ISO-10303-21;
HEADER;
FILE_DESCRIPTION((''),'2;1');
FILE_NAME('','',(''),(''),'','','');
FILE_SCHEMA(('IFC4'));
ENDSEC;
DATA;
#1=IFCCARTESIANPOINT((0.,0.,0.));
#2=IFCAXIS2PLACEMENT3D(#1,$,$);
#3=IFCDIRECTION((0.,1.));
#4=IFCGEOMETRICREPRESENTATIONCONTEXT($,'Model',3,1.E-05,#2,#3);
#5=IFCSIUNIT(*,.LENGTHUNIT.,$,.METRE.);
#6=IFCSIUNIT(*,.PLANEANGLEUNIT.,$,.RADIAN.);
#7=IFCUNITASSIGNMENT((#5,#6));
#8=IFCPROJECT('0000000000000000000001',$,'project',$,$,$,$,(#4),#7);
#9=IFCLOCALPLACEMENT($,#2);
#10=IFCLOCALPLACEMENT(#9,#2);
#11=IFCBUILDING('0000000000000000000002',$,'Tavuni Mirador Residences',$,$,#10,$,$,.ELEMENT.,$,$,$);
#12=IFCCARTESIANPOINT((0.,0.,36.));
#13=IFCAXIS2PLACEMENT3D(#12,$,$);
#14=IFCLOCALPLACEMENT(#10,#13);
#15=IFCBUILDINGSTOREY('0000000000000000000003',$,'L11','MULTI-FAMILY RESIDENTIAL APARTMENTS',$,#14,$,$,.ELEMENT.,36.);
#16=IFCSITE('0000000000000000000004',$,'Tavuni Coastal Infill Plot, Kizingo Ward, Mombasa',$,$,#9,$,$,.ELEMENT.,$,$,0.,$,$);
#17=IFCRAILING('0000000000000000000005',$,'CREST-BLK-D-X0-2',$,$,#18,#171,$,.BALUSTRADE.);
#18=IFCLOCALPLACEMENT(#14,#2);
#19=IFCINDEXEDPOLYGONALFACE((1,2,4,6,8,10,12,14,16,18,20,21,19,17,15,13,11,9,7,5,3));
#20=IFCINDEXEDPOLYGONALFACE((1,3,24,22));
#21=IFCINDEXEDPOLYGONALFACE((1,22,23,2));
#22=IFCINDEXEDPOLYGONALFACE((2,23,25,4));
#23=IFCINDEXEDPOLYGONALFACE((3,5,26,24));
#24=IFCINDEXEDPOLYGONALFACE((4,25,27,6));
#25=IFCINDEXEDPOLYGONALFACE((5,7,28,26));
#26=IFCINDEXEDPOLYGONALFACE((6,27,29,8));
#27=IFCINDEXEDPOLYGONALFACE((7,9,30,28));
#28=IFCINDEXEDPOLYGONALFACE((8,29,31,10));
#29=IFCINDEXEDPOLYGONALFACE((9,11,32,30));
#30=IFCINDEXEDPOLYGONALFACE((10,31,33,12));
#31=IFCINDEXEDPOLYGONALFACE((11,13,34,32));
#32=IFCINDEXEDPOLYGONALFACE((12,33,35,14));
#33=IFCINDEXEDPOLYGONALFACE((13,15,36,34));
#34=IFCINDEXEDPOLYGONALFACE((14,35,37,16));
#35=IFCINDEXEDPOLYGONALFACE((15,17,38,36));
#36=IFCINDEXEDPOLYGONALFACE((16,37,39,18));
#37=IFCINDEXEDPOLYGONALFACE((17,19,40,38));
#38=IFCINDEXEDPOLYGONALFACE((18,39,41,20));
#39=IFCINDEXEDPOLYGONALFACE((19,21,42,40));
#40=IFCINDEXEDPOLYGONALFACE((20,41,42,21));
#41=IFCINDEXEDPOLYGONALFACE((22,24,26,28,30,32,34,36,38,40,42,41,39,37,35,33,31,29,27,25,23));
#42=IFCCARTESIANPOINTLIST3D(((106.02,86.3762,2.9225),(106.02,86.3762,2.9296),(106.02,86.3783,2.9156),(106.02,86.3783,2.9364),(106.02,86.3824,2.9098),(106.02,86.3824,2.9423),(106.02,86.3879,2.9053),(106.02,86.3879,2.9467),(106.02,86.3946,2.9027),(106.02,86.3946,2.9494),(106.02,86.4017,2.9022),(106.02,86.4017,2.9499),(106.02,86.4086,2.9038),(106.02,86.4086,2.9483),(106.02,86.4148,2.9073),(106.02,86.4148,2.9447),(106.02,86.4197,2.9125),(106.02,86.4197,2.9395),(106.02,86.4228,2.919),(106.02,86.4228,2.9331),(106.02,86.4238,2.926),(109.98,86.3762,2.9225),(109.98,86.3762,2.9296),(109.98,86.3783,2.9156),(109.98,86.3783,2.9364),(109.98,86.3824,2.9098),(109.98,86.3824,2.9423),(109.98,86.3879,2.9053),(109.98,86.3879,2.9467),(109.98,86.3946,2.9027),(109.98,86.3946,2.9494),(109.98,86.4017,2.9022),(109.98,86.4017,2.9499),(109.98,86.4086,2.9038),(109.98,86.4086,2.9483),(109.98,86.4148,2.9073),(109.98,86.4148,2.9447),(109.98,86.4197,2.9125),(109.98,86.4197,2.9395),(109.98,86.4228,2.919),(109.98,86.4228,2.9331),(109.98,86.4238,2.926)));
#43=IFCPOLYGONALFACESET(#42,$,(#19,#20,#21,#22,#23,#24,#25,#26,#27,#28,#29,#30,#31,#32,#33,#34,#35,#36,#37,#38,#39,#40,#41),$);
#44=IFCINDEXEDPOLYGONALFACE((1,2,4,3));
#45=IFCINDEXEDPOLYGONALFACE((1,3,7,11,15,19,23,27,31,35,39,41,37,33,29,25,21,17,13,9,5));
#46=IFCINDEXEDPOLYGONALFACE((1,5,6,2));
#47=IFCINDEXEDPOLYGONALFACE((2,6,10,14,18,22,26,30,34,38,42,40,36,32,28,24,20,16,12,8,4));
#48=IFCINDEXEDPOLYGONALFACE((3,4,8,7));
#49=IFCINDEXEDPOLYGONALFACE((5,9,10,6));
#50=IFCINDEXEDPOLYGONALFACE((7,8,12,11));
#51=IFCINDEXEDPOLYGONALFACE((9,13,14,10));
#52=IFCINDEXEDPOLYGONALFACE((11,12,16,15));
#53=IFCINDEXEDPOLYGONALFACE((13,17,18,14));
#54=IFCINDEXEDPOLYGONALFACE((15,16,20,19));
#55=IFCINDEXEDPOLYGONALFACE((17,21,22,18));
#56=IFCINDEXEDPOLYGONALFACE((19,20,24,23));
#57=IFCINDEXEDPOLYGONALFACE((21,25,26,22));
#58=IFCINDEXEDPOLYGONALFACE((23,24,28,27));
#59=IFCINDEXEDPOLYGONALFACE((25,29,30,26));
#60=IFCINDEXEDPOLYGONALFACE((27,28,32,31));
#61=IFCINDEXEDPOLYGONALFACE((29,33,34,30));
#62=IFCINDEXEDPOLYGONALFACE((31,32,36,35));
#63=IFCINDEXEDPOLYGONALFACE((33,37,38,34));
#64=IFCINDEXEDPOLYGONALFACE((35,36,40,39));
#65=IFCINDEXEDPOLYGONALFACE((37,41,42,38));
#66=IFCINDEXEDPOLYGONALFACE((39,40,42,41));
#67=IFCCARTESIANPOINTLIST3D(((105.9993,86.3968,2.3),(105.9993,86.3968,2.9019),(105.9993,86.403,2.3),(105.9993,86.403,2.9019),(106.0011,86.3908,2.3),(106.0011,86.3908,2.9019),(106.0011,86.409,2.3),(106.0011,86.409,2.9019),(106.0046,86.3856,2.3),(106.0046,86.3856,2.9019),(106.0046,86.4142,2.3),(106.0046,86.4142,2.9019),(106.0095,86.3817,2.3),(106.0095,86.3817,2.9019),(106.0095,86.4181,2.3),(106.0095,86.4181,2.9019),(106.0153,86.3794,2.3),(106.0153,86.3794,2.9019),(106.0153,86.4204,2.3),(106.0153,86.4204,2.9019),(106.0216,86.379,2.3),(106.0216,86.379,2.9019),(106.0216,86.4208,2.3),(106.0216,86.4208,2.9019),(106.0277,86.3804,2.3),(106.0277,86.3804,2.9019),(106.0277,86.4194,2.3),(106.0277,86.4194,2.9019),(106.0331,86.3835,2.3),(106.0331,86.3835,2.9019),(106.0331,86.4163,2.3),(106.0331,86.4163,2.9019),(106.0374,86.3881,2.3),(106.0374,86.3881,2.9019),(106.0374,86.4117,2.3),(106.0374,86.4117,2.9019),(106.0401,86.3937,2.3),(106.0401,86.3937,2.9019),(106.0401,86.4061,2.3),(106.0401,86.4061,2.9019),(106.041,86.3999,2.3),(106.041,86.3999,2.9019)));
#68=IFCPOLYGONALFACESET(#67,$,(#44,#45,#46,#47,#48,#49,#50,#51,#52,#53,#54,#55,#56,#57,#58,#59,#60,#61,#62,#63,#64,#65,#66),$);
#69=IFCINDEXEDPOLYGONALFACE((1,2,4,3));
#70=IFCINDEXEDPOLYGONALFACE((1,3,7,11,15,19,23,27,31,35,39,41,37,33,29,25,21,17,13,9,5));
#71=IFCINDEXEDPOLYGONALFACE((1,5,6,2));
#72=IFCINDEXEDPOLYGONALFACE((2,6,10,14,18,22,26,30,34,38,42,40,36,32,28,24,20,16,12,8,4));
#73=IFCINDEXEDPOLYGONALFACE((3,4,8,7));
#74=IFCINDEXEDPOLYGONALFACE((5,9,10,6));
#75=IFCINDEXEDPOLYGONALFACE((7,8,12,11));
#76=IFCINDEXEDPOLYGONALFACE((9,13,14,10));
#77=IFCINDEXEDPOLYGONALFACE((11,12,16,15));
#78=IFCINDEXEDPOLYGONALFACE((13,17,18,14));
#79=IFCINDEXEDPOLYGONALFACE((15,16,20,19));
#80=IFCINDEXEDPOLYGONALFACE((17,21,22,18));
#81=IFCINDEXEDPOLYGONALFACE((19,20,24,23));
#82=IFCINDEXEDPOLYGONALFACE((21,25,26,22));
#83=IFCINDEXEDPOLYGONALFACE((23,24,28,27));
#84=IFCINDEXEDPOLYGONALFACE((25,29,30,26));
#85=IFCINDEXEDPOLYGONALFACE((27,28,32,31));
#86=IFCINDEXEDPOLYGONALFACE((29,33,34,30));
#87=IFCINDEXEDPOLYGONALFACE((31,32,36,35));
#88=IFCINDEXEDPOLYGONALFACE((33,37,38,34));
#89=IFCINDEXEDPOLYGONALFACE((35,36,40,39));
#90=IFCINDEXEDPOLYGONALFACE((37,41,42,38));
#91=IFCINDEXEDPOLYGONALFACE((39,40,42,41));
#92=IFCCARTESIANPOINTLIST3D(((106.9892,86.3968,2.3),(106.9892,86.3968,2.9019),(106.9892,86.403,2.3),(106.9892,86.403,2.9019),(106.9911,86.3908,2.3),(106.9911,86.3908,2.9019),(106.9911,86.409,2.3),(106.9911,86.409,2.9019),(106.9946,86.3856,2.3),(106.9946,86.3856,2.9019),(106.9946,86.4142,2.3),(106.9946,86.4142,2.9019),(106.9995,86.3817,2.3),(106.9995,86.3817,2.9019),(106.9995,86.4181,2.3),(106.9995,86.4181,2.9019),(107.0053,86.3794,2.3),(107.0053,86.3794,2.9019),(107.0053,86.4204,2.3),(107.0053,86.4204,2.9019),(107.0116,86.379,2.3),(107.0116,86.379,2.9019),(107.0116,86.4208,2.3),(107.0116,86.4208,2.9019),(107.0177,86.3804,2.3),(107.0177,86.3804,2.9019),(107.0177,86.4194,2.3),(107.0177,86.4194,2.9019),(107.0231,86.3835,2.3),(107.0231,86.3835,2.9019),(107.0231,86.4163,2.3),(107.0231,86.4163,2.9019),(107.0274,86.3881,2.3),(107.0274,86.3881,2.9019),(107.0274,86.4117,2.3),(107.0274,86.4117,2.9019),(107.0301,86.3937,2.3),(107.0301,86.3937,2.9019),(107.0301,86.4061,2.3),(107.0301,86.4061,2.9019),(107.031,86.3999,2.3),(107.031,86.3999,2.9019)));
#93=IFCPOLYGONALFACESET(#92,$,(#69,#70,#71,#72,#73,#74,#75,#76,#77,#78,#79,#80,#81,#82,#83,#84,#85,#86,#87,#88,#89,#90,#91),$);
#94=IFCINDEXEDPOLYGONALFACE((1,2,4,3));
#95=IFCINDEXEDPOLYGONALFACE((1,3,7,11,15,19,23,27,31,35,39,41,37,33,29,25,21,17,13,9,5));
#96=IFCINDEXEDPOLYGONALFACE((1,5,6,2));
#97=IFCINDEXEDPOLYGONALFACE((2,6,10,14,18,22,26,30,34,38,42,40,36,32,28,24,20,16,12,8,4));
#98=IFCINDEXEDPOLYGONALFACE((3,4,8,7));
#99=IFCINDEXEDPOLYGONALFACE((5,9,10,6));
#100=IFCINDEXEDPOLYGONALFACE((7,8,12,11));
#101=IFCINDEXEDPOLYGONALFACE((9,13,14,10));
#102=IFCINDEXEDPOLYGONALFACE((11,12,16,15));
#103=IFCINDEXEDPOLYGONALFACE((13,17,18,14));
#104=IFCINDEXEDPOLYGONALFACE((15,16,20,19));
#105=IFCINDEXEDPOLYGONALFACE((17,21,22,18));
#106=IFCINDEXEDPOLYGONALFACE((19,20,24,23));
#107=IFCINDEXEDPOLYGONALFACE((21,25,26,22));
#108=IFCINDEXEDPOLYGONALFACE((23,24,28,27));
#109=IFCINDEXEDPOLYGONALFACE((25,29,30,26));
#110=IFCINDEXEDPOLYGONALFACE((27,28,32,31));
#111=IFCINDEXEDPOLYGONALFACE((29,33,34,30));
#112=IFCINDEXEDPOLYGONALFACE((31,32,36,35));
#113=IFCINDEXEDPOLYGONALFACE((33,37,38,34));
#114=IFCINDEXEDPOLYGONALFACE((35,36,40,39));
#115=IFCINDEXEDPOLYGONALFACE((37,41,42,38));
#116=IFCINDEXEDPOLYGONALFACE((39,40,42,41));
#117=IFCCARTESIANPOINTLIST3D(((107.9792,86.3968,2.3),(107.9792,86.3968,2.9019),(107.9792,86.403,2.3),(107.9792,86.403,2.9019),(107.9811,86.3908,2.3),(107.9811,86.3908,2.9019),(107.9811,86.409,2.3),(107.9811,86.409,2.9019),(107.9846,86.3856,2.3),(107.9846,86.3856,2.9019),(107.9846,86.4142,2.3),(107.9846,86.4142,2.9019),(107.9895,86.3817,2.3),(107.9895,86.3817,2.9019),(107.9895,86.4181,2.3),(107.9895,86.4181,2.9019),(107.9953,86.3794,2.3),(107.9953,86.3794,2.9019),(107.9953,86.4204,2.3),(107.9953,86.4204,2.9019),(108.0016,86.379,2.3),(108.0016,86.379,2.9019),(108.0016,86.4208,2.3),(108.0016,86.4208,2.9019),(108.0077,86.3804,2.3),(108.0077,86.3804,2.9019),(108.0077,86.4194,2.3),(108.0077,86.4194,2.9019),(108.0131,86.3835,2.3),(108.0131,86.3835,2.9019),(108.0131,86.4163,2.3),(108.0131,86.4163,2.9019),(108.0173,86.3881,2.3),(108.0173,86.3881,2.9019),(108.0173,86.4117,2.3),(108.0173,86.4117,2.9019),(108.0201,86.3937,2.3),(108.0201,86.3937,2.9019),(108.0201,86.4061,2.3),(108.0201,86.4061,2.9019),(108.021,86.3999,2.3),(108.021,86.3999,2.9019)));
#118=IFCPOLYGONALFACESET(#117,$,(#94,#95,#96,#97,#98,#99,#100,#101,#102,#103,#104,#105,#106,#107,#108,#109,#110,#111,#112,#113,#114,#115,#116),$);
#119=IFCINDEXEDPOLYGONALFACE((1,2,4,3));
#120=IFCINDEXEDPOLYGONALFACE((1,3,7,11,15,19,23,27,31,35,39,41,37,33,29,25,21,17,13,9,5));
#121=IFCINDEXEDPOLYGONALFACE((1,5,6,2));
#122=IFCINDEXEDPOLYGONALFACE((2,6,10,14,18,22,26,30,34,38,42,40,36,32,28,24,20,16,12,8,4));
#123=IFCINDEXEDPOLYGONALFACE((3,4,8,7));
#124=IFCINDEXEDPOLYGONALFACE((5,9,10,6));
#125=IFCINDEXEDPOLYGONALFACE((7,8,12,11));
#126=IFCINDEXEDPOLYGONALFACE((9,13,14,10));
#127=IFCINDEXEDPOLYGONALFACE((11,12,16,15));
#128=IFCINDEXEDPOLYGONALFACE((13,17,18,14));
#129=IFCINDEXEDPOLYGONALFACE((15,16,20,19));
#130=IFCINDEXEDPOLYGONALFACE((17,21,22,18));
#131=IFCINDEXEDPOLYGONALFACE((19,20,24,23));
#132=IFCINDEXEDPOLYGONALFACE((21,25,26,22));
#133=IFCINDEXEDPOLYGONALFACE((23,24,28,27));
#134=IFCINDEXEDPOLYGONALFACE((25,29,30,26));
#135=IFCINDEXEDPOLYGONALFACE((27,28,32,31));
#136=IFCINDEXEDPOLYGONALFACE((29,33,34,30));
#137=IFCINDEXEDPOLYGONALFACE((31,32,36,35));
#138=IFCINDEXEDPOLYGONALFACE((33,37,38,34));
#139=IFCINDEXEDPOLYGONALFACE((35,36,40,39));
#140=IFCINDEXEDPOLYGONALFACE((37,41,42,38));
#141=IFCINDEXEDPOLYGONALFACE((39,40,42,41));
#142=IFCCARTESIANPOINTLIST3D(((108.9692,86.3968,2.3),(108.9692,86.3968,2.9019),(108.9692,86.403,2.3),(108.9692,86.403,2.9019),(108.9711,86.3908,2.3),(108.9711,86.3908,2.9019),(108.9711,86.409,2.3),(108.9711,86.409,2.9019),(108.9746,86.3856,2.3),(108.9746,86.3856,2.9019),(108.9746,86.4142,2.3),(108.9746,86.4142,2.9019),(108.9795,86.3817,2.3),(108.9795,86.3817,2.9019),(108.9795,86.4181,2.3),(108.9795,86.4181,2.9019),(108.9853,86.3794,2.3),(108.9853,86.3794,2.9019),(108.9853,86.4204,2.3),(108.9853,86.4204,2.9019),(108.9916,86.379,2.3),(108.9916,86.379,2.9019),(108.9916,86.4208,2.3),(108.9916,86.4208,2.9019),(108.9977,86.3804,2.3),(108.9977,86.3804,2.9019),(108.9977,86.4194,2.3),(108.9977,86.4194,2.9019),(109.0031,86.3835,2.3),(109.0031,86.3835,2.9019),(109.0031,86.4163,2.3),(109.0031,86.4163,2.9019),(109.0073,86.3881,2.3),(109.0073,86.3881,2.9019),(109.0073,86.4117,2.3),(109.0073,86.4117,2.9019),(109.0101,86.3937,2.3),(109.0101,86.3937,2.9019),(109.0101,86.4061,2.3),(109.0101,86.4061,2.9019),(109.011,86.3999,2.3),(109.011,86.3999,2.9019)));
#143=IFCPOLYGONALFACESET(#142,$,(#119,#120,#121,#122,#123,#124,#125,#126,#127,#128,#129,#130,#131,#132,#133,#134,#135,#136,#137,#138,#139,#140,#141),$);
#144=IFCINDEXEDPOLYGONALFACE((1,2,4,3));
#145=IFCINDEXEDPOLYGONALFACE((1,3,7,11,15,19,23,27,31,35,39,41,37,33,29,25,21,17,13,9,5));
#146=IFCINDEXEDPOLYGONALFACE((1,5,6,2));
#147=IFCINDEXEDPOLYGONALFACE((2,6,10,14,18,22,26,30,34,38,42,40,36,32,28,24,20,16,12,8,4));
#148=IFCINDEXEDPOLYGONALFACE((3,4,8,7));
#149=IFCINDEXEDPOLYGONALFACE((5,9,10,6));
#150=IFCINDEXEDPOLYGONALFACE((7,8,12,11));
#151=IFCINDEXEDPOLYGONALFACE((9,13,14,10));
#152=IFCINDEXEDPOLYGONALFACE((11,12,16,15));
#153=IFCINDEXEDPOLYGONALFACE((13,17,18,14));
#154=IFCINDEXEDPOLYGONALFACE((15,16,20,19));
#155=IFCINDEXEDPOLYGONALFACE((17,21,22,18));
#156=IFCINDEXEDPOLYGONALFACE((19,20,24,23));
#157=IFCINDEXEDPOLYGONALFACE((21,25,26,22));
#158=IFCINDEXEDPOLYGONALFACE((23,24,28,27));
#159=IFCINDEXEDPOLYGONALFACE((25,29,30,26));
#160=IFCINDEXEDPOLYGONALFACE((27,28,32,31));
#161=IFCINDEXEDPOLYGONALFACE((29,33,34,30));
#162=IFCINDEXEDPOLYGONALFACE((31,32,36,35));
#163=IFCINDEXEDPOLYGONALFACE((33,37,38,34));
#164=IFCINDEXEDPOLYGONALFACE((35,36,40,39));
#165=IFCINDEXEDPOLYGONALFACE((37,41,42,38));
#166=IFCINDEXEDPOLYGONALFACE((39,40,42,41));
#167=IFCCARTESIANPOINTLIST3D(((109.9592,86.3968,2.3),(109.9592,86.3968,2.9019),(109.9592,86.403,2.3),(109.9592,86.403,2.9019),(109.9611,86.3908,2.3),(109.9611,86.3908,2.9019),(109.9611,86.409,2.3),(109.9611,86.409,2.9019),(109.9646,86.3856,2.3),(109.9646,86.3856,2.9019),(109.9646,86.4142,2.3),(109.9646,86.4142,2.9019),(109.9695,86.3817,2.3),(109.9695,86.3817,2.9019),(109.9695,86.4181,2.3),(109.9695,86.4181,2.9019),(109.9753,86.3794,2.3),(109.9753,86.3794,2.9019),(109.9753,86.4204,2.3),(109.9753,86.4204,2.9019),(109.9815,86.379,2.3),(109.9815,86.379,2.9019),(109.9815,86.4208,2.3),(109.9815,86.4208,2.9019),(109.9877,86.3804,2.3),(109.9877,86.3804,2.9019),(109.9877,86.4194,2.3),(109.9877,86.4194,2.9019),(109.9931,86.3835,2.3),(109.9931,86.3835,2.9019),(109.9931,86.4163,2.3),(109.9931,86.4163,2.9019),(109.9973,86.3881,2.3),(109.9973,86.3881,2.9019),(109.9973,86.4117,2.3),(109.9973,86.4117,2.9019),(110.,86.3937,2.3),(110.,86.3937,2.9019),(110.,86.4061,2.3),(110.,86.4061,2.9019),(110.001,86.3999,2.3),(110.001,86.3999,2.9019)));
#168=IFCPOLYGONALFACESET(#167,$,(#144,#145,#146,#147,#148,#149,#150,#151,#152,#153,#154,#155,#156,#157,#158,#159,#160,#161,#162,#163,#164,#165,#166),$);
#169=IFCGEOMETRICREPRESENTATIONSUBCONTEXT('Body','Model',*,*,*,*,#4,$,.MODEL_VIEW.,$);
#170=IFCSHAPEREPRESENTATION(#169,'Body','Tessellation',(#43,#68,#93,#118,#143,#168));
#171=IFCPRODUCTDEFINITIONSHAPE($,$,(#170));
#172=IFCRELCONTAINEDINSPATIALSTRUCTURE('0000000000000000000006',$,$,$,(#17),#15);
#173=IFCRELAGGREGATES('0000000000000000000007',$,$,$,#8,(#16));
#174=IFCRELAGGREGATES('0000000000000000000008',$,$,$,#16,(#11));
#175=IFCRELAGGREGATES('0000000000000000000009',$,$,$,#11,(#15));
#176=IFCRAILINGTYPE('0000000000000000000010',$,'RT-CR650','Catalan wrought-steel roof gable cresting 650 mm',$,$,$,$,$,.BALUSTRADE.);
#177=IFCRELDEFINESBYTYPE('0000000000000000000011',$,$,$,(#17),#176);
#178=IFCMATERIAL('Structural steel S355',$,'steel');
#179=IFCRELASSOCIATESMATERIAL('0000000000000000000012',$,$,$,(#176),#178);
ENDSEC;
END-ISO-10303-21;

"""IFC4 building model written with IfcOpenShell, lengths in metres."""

from ifc_helpers import new_model, si_unit, direction, frame, origin, origin_2d, place, context, subcontext, project, spatial, circle, extrude, material, type_object, element, save


model = new_model("IFC4")

# Units and contexts
model_context = context("Model", 3, precision=1e-05, world=origin(), true_north=direction((0.0, 1.0)))
body_context = subcontext(model_context, "Body", "Model", "MODEL_VIEW")
ifc_project = project(units=[si_unit("LENGTHUNIT", "METRE"), si_unit("PLANEANGLEUNIT", "RADIAN")], contexts=[model_context])

# Site, building, storey
site_placement = place(None, origin())
site = spatial("IfcSite", under=ifc_project, at=site_placement, Name="Tavuni Coastal Infill Plot, Kizingo Ward, Mombasa", CompositionType="ELEMENT", RefElevation=0.0)
building_placement = place(site_placement, origin())
building = spatial("IfcBuilding", under=site, at=building_placement, Name="Tavuni Mirador Residences", CompositionType="ELEMENT")
storey_placement = place(building_placement, frame((0.0, 0.0, 36.0)))
storey = spatial("IfcBuildingStorey", under=building, at=storey_placement, Name="L11", Description="MULTI-FAMILY RESIDENTIAL APARTMENTS", CompositionType="ELEMENT", Elevation=36.0)

# Shared definitions
ifc_material_1 = material(Name="Structural steel S355", Category="steel")

# Railing
railing_type = type_object("IfcRailingType", Name="RT-CR650", Description="Catalan wrought-steel roof gable cresting 650 mm", PredefinedType="BALUSTRADE", material=ifc_material_1)
for number, where, name in (
    (1, (106.02, 86.3999, 2.3), "CREST-BLK-D-X0-2"),
):
    element("IfcRailing", number, at=place(storey_placement, frame(where)), inside=storey, type_object=railing_type, Name=name, PredefinedType="BALUSTRADE", context=body_context, shape_type="SweptSolid", body=[
        extrude(circle(Radius=0.0239, at=origin_2d()), frame((0.0, 0.0, 0.626), z_axis=(1.0, 0.0, 0.0), x_axis=(0.0, 1.0, 0.0)), (0.0, 0.0, 1.0), 3.96),
        extrude(circle(Radius=0.021, at=origin_2d()), origin(), (0.0, 0.0, 1.0), 0.6018),
        extrude(circle(Radius=0.021, at=origin_2d()), frame((0.99, 0.0, 0.0)), (0.0, 0.0, 1.0), 0.6018),
        extrude(circle(Radius=0.021, at=origin_2d()), frame((1.98, 0.0, 0.0)), (0.0, 0.0, 1.0), 0.6018),
        extrude(circle(Radius=0.021, at=origin_2d()), frame((2.97, 0.0, 0.0)), (0.0, 0.0, 1.0), 0.6018),
        extrude(circle(Radius=0.021, at=origin_2d()), frame((3.96, 0.0, 0.0)), (0.0, 0.0, 1.0), 0.6018),
    ])

save(model, "model.ifc")
